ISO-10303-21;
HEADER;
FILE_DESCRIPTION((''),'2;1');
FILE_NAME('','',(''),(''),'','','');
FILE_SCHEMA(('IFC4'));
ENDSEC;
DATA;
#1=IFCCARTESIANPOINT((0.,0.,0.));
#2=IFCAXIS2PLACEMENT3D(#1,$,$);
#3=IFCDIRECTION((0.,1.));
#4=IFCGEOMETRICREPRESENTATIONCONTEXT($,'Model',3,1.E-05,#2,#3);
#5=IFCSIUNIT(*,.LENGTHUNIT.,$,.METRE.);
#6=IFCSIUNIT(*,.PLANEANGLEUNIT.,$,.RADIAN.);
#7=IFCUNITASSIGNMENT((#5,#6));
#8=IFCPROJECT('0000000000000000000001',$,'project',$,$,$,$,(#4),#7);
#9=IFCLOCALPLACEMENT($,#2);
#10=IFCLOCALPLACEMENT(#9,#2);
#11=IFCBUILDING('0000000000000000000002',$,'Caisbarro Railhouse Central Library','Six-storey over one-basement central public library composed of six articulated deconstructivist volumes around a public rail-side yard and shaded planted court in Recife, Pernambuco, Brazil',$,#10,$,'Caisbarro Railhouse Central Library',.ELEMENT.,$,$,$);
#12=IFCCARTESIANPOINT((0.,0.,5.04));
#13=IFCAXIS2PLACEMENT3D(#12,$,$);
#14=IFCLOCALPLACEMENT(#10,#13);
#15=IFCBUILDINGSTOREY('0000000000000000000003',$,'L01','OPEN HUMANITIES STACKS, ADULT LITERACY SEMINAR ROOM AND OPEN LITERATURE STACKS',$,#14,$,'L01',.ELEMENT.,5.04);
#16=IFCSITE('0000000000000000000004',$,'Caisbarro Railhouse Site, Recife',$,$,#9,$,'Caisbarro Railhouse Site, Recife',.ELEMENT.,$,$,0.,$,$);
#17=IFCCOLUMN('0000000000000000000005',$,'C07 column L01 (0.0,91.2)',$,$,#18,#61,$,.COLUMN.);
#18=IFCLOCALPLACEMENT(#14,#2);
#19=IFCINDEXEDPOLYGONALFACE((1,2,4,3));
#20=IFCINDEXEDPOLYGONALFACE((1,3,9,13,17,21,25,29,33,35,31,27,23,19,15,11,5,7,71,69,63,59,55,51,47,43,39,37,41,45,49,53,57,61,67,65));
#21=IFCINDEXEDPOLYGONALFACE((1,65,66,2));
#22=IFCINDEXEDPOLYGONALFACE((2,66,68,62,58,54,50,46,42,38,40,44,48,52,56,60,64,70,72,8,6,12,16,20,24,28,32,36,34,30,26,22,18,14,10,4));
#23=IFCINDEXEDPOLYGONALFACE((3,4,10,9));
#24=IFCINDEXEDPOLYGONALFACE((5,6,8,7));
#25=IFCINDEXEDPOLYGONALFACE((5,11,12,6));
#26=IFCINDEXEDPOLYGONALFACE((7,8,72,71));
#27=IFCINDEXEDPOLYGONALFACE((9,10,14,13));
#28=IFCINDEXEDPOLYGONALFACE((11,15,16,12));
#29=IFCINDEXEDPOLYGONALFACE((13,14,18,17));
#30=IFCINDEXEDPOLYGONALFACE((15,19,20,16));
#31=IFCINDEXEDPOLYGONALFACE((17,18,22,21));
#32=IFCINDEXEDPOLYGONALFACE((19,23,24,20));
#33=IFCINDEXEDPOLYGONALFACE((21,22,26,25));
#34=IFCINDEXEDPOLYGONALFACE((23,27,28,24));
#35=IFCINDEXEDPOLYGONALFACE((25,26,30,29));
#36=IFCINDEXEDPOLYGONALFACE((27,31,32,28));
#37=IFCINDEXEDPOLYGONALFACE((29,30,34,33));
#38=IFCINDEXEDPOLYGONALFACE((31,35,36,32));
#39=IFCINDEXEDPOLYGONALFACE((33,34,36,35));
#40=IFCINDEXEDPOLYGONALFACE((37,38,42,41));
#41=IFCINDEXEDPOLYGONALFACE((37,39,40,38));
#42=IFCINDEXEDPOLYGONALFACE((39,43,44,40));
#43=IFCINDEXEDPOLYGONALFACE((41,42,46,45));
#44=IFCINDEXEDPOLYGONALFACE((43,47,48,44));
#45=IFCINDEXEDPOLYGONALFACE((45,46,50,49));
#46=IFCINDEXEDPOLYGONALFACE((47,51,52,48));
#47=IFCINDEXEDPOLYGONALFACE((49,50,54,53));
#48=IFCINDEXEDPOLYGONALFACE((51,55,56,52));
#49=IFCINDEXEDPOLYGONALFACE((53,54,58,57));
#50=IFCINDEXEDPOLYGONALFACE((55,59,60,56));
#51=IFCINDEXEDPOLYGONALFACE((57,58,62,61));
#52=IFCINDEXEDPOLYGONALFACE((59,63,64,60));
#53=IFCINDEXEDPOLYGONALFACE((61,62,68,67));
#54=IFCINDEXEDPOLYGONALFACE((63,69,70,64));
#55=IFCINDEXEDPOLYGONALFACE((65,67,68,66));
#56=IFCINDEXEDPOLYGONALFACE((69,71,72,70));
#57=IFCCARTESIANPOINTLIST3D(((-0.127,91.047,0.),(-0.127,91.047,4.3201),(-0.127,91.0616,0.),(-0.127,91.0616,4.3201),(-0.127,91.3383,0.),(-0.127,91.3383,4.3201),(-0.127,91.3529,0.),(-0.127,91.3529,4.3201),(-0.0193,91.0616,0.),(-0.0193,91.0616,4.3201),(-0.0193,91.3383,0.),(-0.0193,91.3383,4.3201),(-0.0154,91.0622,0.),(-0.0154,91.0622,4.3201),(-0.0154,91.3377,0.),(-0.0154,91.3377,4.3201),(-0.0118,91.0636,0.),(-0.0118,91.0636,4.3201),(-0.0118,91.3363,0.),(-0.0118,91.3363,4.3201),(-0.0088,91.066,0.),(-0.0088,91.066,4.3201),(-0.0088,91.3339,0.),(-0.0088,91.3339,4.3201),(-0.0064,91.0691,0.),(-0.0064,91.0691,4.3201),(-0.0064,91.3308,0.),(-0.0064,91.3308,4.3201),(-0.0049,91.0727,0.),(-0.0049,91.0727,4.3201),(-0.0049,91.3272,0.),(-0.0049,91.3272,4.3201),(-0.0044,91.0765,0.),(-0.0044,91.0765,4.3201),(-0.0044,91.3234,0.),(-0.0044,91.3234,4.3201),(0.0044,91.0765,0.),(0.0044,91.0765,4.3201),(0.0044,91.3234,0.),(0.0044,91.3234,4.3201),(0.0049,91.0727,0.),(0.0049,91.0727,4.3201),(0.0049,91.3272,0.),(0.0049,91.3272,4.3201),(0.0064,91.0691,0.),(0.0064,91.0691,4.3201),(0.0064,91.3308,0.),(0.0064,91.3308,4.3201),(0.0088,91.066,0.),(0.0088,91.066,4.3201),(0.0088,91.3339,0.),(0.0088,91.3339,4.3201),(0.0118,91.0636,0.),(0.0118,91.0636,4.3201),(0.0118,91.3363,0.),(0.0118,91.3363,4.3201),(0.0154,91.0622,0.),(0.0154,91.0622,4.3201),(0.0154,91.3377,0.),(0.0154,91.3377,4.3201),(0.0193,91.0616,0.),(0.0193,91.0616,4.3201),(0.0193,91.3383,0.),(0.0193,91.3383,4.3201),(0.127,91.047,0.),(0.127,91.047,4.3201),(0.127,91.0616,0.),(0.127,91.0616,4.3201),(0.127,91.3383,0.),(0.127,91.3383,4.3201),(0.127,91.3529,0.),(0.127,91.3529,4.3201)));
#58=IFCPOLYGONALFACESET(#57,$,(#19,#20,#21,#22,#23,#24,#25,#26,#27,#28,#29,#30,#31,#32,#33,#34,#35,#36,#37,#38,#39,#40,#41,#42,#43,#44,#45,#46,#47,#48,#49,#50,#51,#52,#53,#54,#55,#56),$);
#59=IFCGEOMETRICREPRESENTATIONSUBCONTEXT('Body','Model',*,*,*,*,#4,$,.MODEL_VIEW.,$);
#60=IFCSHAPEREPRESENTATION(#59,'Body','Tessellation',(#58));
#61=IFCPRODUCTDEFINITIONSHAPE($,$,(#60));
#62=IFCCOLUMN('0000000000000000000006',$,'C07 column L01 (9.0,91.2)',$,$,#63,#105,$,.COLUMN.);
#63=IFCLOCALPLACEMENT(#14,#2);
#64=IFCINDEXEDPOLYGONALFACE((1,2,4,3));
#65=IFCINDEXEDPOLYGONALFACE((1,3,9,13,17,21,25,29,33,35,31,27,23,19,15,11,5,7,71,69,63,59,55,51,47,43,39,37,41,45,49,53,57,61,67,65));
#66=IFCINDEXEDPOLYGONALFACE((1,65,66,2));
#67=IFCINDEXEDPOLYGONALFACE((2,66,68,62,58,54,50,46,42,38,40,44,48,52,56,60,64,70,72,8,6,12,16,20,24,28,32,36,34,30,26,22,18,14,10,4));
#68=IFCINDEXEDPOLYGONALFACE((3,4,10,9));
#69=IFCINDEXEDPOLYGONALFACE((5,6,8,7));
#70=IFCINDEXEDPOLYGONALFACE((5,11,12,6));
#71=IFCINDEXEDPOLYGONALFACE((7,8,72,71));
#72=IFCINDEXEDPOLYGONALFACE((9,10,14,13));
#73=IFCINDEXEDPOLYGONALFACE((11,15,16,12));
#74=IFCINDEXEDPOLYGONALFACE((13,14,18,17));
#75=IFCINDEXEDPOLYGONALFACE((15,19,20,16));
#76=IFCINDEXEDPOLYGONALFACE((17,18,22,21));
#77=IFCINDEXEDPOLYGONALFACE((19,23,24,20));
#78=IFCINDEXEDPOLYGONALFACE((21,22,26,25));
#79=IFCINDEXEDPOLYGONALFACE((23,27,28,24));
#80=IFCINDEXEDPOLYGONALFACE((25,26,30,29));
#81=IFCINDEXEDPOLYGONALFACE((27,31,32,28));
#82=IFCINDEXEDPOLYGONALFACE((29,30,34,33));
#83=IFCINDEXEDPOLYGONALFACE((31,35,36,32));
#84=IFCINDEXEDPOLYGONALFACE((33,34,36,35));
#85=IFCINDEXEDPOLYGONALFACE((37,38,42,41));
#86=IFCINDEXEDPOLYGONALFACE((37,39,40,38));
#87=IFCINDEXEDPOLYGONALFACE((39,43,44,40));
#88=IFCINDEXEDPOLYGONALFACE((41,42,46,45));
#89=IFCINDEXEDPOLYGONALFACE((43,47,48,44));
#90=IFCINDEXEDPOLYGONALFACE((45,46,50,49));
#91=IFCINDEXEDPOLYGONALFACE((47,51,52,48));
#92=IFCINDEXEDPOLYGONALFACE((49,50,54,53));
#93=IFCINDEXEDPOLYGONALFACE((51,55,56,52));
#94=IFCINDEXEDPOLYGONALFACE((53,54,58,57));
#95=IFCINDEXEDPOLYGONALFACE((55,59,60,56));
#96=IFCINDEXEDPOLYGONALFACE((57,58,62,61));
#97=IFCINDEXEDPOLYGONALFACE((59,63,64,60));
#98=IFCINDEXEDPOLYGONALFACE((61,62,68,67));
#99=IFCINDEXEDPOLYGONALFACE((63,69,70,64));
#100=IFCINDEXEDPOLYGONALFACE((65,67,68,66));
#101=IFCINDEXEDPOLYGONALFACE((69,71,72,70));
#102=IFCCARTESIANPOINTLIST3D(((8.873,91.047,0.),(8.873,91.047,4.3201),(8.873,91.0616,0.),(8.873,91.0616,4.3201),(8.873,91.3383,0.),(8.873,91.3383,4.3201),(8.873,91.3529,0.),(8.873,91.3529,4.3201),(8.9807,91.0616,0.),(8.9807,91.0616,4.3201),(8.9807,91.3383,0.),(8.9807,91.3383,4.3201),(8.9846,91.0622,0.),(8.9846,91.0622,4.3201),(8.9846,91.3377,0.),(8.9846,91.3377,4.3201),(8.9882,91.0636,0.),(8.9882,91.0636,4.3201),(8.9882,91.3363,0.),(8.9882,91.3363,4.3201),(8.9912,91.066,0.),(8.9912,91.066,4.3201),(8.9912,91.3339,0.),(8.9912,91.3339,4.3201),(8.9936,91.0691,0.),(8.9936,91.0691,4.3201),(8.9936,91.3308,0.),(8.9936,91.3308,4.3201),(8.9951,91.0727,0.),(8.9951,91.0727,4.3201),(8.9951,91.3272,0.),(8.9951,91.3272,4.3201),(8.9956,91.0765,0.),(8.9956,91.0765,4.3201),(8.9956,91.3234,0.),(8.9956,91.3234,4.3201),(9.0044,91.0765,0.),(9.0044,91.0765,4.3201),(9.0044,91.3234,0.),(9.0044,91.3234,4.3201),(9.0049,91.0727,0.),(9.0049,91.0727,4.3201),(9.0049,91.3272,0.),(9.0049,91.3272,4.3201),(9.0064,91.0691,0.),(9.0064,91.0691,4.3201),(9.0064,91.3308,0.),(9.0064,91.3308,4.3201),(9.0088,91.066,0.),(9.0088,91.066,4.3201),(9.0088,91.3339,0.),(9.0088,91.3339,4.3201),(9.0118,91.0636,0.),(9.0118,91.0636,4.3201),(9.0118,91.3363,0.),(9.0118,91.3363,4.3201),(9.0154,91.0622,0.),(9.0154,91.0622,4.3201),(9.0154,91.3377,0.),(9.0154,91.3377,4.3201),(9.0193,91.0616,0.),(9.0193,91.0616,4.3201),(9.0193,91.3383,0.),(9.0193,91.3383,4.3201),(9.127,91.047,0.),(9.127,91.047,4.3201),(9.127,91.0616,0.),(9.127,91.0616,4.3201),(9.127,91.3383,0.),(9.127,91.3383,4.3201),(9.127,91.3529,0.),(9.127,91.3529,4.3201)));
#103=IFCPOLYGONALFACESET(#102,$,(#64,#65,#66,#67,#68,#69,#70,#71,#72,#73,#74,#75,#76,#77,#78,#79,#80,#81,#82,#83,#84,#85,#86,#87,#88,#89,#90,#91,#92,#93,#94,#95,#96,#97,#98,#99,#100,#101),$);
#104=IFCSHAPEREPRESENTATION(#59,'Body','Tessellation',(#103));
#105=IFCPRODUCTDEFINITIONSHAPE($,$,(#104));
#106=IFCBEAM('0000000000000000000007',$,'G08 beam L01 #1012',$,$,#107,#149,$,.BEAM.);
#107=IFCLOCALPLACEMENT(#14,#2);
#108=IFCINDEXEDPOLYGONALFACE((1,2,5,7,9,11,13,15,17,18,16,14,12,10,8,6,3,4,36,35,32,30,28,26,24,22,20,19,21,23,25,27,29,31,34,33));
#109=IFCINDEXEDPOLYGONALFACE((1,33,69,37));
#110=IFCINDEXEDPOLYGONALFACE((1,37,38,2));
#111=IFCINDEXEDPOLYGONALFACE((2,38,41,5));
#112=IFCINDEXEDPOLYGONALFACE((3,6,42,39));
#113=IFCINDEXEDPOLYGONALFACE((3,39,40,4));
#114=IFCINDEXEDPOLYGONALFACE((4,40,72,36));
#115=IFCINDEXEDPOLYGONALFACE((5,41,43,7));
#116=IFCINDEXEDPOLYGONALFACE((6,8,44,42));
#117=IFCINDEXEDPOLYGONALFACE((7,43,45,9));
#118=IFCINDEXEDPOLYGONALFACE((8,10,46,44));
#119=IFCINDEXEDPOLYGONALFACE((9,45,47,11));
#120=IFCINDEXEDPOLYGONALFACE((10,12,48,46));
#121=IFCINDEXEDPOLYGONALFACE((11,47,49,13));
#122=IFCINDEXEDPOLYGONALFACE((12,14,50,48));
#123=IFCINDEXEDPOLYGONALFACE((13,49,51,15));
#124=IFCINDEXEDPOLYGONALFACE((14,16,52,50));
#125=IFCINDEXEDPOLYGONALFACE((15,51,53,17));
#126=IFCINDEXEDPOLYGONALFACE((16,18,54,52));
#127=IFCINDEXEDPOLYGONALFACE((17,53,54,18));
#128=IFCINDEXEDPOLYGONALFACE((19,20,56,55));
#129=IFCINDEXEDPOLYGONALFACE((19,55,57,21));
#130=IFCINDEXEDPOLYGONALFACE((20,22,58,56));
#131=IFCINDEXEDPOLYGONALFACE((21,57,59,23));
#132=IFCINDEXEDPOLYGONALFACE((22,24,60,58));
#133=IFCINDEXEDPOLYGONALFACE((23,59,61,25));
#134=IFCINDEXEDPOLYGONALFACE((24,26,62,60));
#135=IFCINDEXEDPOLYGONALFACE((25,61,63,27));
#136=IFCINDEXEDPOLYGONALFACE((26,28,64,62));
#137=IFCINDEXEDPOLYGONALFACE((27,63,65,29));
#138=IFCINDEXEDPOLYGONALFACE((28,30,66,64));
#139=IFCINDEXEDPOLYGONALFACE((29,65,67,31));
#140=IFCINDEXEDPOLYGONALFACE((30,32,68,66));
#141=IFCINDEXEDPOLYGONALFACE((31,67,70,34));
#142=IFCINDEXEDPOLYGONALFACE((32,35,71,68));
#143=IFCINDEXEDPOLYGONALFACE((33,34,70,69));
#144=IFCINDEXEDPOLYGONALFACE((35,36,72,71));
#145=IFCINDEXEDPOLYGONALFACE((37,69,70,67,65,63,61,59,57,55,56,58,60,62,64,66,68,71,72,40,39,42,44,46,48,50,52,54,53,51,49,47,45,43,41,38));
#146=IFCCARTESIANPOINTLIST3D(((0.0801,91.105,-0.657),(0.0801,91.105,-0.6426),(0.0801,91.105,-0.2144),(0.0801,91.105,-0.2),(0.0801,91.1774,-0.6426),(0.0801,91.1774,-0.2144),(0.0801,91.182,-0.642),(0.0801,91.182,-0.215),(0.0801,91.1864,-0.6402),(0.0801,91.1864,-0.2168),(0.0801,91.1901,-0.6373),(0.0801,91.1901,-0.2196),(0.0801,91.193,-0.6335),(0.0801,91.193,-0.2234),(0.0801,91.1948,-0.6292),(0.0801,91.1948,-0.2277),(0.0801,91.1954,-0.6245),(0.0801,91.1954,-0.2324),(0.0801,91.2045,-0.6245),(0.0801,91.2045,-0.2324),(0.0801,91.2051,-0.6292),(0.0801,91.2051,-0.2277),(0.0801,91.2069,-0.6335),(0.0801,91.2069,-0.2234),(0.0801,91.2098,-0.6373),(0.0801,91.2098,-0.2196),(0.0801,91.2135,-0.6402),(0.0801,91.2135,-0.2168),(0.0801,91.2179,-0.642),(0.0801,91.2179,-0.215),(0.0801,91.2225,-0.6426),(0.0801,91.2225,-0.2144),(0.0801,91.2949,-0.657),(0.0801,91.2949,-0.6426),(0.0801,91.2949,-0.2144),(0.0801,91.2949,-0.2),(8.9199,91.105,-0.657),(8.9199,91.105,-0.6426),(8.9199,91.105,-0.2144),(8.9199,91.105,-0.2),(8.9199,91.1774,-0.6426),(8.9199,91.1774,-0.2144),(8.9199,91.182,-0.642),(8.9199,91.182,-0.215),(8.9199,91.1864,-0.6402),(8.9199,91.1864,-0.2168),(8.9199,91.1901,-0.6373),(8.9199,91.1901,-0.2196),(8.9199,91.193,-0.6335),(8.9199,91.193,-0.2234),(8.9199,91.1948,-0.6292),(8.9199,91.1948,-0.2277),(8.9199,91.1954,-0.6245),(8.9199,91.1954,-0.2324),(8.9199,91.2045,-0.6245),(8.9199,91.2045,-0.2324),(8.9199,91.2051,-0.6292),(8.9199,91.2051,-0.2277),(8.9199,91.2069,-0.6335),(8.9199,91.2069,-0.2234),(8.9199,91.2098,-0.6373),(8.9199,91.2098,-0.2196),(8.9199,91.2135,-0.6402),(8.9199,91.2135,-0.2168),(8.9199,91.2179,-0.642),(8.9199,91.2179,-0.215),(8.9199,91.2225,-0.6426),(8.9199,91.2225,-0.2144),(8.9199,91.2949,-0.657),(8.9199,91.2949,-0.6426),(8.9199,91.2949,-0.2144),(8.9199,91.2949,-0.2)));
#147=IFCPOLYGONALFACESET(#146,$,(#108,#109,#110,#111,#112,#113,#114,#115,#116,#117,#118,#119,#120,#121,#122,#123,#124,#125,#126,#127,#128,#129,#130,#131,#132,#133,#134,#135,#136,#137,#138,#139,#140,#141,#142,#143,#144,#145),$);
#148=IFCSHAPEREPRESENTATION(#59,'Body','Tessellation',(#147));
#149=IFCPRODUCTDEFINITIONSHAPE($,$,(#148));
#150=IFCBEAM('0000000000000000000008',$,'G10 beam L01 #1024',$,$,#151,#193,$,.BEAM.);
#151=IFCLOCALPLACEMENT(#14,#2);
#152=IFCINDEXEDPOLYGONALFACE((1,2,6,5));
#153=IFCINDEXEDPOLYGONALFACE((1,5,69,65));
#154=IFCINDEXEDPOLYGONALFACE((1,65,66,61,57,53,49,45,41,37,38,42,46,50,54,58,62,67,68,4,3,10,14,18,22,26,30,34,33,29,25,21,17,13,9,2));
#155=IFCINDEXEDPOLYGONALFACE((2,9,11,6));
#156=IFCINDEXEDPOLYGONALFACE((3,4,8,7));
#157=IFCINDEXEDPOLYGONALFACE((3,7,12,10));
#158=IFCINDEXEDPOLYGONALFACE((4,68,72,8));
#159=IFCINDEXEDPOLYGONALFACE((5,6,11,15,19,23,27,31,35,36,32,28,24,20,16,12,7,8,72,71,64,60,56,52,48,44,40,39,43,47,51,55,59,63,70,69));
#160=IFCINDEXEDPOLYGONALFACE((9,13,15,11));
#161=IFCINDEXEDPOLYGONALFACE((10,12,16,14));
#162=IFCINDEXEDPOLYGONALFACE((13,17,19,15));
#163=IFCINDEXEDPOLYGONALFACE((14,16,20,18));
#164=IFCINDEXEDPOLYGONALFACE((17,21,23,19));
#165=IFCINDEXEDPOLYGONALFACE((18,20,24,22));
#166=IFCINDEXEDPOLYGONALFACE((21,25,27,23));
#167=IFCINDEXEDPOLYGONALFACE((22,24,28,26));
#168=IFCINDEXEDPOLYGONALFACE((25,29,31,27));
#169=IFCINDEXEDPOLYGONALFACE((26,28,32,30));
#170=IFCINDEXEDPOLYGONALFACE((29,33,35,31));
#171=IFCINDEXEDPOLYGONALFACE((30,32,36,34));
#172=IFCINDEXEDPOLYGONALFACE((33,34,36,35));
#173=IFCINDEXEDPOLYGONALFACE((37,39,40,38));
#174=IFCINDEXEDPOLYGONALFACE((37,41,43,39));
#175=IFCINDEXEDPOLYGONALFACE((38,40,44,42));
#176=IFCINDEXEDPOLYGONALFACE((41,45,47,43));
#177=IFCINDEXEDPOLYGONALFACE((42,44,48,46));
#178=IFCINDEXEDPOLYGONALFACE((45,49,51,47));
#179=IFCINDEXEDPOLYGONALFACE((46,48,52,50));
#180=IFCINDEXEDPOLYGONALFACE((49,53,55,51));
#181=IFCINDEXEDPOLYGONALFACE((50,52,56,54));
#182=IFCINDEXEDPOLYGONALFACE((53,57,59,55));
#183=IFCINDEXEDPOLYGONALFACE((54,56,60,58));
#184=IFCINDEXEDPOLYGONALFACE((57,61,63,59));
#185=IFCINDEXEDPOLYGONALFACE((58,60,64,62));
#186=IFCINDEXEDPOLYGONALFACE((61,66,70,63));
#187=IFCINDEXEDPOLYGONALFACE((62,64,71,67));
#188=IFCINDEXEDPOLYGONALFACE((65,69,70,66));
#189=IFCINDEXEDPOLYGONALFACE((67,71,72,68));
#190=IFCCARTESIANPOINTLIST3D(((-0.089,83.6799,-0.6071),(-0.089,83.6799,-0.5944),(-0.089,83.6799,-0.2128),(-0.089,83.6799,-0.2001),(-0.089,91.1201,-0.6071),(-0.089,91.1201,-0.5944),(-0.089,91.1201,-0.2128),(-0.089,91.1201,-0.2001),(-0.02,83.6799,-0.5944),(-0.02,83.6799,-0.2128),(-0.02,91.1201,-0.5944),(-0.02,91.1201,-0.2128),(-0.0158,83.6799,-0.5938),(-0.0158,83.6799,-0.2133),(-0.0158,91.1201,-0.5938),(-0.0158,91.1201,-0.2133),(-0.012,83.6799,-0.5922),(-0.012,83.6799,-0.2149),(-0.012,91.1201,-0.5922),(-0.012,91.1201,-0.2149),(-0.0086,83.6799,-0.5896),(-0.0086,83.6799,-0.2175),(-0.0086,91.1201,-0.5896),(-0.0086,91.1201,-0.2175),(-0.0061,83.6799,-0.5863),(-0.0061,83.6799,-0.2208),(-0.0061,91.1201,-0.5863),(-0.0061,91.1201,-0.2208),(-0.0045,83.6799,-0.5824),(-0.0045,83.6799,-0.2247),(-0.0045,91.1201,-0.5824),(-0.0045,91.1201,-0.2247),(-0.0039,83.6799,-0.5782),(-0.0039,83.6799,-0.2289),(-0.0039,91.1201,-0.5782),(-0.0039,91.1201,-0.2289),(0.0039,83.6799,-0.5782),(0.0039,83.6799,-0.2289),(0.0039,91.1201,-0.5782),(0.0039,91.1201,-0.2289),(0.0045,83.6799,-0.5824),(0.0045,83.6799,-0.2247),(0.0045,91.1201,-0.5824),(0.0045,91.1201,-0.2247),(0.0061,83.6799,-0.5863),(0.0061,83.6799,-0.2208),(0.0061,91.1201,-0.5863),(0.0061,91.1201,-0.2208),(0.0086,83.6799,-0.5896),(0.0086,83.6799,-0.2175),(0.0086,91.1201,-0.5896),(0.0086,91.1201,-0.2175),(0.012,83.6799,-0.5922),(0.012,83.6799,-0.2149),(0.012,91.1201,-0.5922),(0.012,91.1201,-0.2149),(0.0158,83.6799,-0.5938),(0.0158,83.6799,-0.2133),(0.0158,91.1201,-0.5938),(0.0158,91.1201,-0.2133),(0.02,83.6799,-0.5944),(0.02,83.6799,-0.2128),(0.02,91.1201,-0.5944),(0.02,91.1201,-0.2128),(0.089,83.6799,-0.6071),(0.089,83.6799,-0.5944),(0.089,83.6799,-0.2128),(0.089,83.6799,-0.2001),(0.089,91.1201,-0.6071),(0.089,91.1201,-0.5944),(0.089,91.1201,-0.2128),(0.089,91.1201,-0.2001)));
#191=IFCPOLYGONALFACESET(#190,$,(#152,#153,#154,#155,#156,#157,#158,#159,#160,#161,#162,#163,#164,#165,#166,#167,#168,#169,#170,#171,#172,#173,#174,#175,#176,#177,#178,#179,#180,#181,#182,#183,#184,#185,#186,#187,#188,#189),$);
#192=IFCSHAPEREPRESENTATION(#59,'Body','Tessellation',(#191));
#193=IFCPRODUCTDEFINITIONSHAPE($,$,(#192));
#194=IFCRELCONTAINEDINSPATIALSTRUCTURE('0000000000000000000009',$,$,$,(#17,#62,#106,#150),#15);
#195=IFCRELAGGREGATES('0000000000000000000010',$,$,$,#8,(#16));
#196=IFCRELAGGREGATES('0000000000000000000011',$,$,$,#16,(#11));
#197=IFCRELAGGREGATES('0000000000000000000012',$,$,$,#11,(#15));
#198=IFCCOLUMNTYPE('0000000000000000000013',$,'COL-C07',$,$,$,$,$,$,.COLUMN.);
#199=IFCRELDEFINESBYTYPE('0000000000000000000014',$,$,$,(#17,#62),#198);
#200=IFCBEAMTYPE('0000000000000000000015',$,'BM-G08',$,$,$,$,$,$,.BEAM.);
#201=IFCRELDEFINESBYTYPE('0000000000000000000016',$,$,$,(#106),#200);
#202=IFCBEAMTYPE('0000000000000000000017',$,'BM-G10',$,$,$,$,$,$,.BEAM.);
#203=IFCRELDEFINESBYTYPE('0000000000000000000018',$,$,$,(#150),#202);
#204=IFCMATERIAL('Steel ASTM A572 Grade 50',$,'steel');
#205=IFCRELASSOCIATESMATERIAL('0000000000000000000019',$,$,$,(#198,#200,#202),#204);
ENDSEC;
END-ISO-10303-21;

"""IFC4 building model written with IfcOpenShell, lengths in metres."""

from ifc_helpers import new_model, si_unit, direction, frame, origin, origin_2d, place, context, subcontext, project, spatial, i_section, extrude, material, material_profile, profile_set, type_object, element, save


model = new_model("IFC4")

# Units and contexts
model_context = context("Model", 3, precision=1e-05, world=origin(), true_north=direction((0.0, 1.0)))
body_context = subcontext(model_context, "Body", "Model", "MODEL_VIEW")
ifc_project = project(units=[si_unit("LENGTHUNIT", "METRE"), si_unit("PLANEANGLEUNIT", "RADIAN")], contexts=[model_context])

# Site, building, storey
site_placement = place(None, origin())
site = spatial("IfcSite", under=ifc_project, at=site_placement, Name="Caisbarro Railhouse Site, Recife", LongName="Caisbarro Railhouse Site, Recife", CompositionType="ELEMENT", RefElevation=0.0)
building_placement = place(site_placement, origin())
building = spatial("IfcBuilding", under=site, at=building_placement, Name="Caisbarro Railhouse Central Library", Description="Six-storey over one-basement central public library composed of six articulated deconstructivist volumes around a public rail-side yard and shaded planted court in Recife, Pernambuco, Brazil", LongName="Caisbarro Railhouse Central Library", CompositionType="ELEMENT")
storey_placement = place(building_placement, frame((0.0, 0.0, 5.04)))
storey = spatial("IfcBuildingStorey", under=building, at=storey_placement, Name="L01", Description="OPEN HUMANITIES STACKS, ADULT LITERACY SEMINAR ROOM AND OPEN LITERATURE STACKS", LongName="L01", CompositionType="ELEMENT", Elevation=5.04)

# Columns
ifc_material_1 = material(Name="Steel ASTM A572 Grade 50", Category="steel")
ifc_material_profile_1 = material_profile(ifc_material_1, i_section(OverallWidth=0.2539, OverallDepth=0.3059, WebThickness=0.0088, FlangeThickness=0.0146, FilletRadius=0.0149, at=origin_2d()), Name="W310X79.0")
ifc_profile_set_1 = profile_set([ifc_material_profile_1], Name="Steel ASTM A572 Grade 50")
column_type = type_object("IfcColumnType", Name="COL-C07", PredefinedType="COLUMN", material=ifc_profile_set_1)
for number, where, z_axis, x_axis, name in (
    (1, (0.0, 91.2, 0.0), (0.0, 0.0, 1.0), (1.0, 0.0, 0.0), "C07 column L01 (0.0,91.2)"),
    (2, (9.0, 91.2, 0.0), (0.0, 0.0, 1.0), (1.0, 0.0, 0.0), "C07 column L01 (9.0,91.2)"),
):
    element("IfcColumn", number, at=place(storey_placement, frame(where, z_axis=z_axis, x_axis=x_axis)), inside=storey, type_object=column_type, Name=name, PredefinedType="COLUMN", context=body_context, shape_type="SweptSolid", body=[
        extrude(i_section(OverallWidth=0.2539, OverallDepth=0.3059, WebThickness=0.0088, FlangeThickness=0.0146, FilletRadius=0.0149, at=origin_2d()), origin(), (0.0, 0.0, 1.0), 4.3201),
    ])

# Beams
ifc_material_profile_2 = material_profile(ifc_material_1, i_section(OverallWidth=0.1899, OverallDepth=0.457, WebThickness=0.009, FlangeThickness=0.0144, FilletRadius=0.0181, at=origin_2d()), Name="W460X74.0")
ifc_profile_set_2 = profile_set([ifc_material_profile_2], Name="Steel ASTM A572 Grade 50")
beam_type_1 = type_object("IfcBeamType", Name="BM-G08", PredefinedType="BEAM", material=ifc_profile_set_2)
beam_1_placement = place(storey_placement, frame((0.0801, 91.2, -0.4285), z_axis=(1.0, 0.0, 0.0), x_axis=(0.0, 1.0, 0.0)))
element("IfcBeam", 3, at=beam_1_placement, inside=storey, type_object=beam_type_1, Name="G08 beam L01 #1012", PredefinedType="BEAM", context=body_context, shape_type="SweptSolid", body=[
    extrude(i_section(OverallWidth=0.1899, OverallDepth=0.457, WebThickness=0.009, FlangeThickness=0.0144, FilletRadius=0.0181, at=origin_2d()), origin(), (0.0, 0.0, 1.0), 8.8398),
])
ifc_material_profile_3 = material_profile(ifc_material_1, i_section(OverallWidth=0.178, OverallDepth=0.407, WebThickness=0.0078, FlangeThickness=0.0127, FilletRadius=0.0161, at=origin_2d()), Name="W410X60.0")
ifc_profile_set_3 = profile_set([ifc_material_profile_3], Name="Steel ASTM A572 Grade 50")
beam_type_2 = type_object("IfcBeamType", Name="BM-G10", PredefinedType="BEAM", material=ifc_profile_set_3)
beam_2_placement = place(storey_placement, frame((0.0, 83.6799, -0.4036), z_axis=(0.0, 1.0, 0.0), x_axis=(-1.0, 0.0, 0.0)))
element("IfcBeam", 4, at=beam_2_placement, inside=storey, type_object=beam_type_2, Name="G10 beam L01 #1024", PredefinedType="BEAM", context=body_context, shape_type="SweptSolid", body=[
    extrude(i_section(OverallWidth=0.178, OverallDepth=0.407, WebThickness=0.0078, FlangeThickness=0.0127, FilletRadius=0.0161, at=origin_2d()), origin(), (0.0, 0.0, 1.0), 7.4402),
])

save(model, "model.ifc")
